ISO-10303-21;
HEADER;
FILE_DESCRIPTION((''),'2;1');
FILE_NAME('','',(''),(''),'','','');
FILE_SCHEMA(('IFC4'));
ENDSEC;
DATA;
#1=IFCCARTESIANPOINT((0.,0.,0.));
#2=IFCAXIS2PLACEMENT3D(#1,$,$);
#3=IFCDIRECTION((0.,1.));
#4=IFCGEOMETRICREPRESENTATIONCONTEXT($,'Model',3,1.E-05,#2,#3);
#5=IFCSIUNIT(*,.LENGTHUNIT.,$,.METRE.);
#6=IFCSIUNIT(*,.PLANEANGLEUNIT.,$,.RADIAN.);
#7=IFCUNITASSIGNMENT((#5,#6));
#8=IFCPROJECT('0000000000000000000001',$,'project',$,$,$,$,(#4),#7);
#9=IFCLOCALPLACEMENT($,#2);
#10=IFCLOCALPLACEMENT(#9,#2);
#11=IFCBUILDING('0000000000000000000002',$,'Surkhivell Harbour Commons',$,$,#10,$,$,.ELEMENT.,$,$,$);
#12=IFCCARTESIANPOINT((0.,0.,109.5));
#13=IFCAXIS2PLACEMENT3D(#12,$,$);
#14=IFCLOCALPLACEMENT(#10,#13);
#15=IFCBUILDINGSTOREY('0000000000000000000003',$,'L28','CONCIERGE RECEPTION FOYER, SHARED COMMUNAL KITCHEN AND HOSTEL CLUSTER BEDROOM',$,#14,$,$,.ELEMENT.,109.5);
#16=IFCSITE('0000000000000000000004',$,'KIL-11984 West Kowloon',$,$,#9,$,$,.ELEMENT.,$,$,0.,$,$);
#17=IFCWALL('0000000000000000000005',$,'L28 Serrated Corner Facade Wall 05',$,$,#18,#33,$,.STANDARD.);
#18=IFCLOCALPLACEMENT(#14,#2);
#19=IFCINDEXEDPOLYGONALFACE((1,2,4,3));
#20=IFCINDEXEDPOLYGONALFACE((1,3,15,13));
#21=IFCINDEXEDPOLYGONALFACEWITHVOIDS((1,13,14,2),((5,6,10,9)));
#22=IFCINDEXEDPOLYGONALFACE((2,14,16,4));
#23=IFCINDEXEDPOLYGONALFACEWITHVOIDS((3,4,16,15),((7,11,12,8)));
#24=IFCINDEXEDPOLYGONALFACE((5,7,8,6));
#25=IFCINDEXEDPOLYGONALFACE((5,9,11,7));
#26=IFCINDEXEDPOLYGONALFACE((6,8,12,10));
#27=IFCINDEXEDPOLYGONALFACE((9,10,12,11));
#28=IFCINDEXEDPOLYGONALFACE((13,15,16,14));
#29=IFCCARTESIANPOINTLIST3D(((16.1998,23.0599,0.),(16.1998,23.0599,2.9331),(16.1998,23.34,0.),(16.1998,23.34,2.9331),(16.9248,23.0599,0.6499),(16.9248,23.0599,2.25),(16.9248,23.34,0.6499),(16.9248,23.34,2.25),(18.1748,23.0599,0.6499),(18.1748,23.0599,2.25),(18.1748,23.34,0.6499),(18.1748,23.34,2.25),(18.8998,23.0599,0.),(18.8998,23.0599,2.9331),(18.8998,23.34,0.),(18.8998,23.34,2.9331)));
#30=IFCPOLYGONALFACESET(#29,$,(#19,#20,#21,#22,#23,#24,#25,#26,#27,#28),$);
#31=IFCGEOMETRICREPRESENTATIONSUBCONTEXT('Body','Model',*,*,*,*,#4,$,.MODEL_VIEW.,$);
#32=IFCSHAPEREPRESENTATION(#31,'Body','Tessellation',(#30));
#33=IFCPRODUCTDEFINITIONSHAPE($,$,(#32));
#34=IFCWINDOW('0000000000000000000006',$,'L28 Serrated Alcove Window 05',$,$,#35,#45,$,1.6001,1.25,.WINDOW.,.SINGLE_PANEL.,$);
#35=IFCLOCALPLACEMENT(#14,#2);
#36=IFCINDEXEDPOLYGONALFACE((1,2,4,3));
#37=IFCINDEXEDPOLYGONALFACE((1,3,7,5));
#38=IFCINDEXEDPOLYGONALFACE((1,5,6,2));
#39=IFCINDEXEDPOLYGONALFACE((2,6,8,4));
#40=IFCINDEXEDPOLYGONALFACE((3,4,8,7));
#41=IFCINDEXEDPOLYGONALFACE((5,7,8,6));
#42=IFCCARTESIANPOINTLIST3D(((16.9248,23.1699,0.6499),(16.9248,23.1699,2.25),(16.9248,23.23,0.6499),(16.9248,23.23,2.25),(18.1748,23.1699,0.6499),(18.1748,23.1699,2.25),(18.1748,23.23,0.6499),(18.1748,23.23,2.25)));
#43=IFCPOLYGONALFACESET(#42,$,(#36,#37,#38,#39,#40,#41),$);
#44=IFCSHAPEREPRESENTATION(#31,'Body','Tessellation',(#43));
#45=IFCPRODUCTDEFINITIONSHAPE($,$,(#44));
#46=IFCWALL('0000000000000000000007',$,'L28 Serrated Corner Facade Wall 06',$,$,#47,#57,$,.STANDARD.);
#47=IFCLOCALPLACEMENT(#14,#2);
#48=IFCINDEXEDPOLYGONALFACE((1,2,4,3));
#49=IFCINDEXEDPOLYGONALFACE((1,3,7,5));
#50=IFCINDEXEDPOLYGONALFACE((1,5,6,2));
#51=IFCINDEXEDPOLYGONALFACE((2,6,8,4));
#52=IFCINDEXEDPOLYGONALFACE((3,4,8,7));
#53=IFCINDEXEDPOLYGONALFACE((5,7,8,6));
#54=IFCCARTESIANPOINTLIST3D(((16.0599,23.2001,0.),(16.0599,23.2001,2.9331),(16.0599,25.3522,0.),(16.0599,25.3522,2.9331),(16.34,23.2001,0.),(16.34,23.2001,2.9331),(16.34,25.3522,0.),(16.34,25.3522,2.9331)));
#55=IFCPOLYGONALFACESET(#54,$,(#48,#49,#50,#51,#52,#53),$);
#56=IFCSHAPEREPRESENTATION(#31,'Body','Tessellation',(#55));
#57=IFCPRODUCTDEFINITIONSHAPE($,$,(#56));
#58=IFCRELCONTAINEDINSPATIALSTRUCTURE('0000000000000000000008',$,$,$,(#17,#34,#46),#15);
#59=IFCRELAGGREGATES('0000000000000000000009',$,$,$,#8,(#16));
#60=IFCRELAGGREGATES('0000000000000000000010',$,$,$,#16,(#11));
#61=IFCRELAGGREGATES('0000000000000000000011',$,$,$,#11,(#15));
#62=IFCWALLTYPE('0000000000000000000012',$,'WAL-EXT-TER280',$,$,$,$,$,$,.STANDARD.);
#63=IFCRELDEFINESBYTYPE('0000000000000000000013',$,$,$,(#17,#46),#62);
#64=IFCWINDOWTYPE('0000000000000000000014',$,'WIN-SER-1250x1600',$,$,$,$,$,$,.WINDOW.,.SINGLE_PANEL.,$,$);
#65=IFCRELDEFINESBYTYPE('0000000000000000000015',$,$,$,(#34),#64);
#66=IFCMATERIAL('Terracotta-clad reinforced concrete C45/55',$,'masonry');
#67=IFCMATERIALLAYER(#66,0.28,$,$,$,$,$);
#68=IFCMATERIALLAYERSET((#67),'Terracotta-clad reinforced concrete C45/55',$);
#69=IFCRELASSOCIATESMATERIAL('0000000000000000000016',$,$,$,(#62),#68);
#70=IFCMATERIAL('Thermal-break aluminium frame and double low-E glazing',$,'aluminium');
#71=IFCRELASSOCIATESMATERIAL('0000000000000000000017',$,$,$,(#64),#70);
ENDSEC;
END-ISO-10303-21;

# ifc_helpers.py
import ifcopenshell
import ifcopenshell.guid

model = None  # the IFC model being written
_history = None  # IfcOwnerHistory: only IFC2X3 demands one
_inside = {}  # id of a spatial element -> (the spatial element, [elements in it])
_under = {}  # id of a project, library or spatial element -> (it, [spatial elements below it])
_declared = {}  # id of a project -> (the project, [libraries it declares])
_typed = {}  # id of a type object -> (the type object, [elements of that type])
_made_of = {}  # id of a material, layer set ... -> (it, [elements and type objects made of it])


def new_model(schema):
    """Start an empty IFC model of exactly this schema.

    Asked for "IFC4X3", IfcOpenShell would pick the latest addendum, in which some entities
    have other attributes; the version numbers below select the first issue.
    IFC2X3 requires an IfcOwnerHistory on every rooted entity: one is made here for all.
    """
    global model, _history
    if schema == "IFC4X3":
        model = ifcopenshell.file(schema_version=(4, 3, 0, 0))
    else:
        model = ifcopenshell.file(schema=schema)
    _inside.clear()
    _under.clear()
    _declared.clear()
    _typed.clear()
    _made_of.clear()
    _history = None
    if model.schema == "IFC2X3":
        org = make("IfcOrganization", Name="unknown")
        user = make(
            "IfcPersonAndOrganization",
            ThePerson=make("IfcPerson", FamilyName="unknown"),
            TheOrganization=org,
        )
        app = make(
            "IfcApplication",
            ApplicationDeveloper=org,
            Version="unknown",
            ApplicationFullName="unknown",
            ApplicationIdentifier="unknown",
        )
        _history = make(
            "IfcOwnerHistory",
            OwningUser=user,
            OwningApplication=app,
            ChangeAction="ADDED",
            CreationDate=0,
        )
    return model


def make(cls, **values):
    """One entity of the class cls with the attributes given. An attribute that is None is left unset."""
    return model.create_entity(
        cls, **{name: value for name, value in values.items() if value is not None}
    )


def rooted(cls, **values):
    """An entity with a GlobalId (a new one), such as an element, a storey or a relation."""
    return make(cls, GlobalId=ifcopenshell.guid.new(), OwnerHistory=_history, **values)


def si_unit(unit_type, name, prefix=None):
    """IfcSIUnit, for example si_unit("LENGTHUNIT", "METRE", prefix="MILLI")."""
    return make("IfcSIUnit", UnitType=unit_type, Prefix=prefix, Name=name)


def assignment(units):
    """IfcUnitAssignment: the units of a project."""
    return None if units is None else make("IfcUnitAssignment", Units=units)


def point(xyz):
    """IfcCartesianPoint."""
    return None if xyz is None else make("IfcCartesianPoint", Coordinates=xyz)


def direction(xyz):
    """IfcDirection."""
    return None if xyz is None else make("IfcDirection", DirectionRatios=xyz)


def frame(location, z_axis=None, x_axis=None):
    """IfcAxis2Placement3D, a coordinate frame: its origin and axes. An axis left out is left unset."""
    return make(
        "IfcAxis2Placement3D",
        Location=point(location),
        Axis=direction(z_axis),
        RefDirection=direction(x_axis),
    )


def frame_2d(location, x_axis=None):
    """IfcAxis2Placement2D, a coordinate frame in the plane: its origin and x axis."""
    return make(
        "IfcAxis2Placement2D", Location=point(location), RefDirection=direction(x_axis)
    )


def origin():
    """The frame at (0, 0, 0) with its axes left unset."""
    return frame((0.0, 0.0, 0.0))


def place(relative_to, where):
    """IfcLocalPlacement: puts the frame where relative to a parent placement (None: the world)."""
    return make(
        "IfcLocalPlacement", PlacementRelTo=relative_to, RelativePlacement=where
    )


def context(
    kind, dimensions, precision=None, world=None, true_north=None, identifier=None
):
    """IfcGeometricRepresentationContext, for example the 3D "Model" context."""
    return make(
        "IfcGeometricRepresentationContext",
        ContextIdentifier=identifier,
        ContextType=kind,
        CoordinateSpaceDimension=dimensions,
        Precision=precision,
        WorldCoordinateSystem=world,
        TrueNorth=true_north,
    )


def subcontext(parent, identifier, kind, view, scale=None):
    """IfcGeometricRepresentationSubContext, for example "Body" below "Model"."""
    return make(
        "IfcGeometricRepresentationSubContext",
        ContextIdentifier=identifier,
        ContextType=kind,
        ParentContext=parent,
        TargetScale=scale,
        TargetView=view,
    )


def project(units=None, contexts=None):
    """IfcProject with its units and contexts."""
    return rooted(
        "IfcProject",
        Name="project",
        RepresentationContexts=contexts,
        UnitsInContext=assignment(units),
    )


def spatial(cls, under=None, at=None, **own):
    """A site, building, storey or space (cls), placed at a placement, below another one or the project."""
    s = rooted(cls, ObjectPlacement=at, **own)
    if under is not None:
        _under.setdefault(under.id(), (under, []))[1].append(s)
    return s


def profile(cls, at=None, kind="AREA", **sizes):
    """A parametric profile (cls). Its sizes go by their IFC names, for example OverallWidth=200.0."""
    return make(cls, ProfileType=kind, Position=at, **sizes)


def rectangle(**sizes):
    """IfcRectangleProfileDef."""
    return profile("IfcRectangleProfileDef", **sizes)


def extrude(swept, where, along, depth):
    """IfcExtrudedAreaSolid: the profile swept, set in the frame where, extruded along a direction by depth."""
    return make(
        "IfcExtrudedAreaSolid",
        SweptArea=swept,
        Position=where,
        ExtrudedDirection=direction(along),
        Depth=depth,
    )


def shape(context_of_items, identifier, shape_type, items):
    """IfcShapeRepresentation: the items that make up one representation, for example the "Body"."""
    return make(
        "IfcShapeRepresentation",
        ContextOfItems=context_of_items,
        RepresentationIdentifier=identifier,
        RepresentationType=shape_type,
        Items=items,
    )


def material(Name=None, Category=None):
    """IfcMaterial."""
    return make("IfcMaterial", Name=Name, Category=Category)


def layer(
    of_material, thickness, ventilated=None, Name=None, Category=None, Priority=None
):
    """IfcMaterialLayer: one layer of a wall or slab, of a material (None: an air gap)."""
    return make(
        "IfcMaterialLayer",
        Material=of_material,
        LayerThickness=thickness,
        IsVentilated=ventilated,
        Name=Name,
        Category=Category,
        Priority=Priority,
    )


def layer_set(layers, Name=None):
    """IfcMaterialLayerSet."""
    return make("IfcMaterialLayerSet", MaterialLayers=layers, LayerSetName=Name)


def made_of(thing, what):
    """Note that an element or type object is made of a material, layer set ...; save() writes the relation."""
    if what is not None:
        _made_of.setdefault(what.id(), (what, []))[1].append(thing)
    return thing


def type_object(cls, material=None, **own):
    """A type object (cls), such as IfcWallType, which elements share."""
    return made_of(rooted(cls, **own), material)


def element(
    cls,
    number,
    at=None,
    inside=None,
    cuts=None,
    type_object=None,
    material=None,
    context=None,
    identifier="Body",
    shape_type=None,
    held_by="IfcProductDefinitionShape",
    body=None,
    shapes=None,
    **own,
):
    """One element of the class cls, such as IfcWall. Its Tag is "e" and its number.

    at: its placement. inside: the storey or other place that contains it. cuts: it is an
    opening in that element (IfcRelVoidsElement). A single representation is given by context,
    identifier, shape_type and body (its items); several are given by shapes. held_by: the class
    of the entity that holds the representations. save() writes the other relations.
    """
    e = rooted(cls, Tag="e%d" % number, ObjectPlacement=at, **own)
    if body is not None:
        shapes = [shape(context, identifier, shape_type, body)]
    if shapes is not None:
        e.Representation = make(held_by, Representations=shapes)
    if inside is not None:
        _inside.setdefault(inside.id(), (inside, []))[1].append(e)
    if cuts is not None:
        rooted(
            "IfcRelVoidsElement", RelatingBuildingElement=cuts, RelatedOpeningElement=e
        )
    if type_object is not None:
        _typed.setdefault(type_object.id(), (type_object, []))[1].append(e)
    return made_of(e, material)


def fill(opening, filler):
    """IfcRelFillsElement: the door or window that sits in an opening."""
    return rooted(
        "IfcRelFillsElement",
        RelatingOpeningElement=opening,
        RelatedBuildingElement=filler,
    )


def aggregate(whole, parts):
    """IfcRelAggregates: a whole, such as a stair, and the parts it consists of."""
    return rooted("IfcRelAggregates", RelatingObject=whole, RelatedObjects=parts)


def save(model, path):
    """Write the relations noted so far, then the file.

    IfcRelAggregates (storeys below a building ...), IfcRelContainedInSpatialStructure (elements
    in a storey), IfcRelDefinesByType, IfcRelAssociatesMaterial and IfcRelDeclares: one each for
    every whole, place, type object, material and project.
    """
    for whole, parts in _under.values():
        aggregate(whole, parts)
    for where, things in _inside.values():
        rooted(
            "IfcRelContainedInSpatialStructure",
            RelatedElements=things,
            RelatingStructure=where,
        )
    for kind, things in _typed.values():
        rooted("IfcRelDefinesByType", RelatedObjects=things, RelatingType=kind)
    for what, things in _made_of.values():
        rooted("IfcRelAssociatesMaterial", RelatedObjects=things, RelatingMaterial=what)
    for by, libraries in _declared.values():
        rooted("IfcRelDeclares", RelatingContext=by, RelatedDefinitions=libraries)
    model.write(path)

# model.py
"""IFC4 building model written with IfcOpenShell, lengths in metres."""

from ifc_helpers import new_model, si_unit, direction, frame, frame_2d, origin, place, context, subcontext, project, spatial, rectangle, extrude, material, layer, layer_set, type_object, element, fill, save


model = new_model("IFC4")

# Units and contexts
model_context = context("Model", 3, precision=1e-05, world=origin(), true_north=direction((0.0, 1.0)))
body_context = subcontext(model_context, "Body", "Model", "MODEL_VIEW")
ifc_project = project(units=[si_unit("LENGTHUNIT", "METRE"), si_unit("PLANEANGLEUNIT", "RADIAN")], contexts=[model_context])

# Site, building, storey
site_placement = place(None, origin())
site = spatial("IfcSite", under=ifc_project, at=site_placement, Name="KIL-11984 West Kowloon", CompositionType="ELEMENT", RefElevation=0.0)
building_placement = place(site_placement, origin())
building = spatial("IfcBuilding", under=site, at=building_placement, Name="Surkhivell Harbour Commons", CompositionType="ELEMENT")
storey_placement = place(building_placement, frame((0.0, 0.0, 109.5)))
storey = spatial("IfcBuildingStorey", under=building, at=storey_placement, Name="L28", Description="CONCIERGE RECEPTION FOYER, SHARED COMMUNAL KITCHEN AND HOSTEL CLUSTER BEDROOM", CompositionType="ELEMENT", Elevation=109.5)

# Shared definitions
ifc_material_1 = material(Name="Terracotta-clad reinforced concrete C45/55", Category="masonry")
ifc_layer_1 = layer(ifc_material_1, 0.28)
ifc_layer_set_1 = layer_set([ifc_layer_1], Name="Terracotta-clad reinforced concrete C45/55")
wall_type = type_object("IfcWallType", Name="WAL-EXT-TER280", PredefinedType="STANDARD", material=ifc_layer_set_1)

# Wall, opening, window
wall_1_placement = place(storey_placement, frame((18.8999, 23.2, 0.0), z_axis=(0.0, 0.0, 1.0), x_axis=(-1.0, 0.0, 0.0)))
wall_1 = element("IfcWall", 1, at=wall_1_placement, inside=storey, type_object=wall_type, Name="L28 Serrated Corner Facade Wall 05", PredefinedType="STANDARD", context=body_context, shape_type="SweptSolid", body=[
    extrude(rectangle(XDim=2.7, YDim=0.28, at=frame_2d((1.3501, 0.0))), origin(), (0.0, 0.0, 1.0), 2.9331),
])
opening_placement = place(wall_1_placement, frame((0.7251, 0.0, 0.6499)))
opening = element("IfcOpeningElement", 2, at=opening_placement, cuts=wall_1, PredefinedType="OPENING", context=body_context, shape_type="SweptSolid", body=[
    extrude(rectangle(XDim=1.25, YDim=1.6001, at=frame_2d((0.625, 0.8))), frame((0.0, 0.1499, 0.0), z_axis=(0.0, -1.0, 0.0), x_axis=(1.0, 0.0, 0.0)), (0.0, 0.0, 1.0), 0.3),
])
ifc_material_2 = material(Name="Thermal-break aluminium frame and double low-E glazing", Category="aluminium")
window_type = type_object("IfcWindowType", Name="WIN-SER-1250x1600", PartitioningType="SINGLE_PANEL", PredefinedType="WINDOW", material=ifc_material_2)
window_placement = place(opening_placement, origin())
window = element("IfcWindow", 3, at=window_placement, inside=storey, type_object=window_type, Name="L28 Serrated Alcove Window 05", OverallHeight=1.6001, OverallWidth=1.25, PartitioningType="SINGLE_PANEL", PredefinedType="WINDOW", context=body_context, shape_type="SweptSolid", body=[
    extrude(rectangle(XDim=1.25, YDim=1.6001, at=frame_2d((0.625, 0.8))), frame((0.0, 0.03, 0.0), z_axis=(0.0, -1.0, 0.0), x_axis=(1.0, 0.0, 0.0)), (0.0, 0.0, 1.0), 0.0601),
])
fill(opening, window)

# Wall
wall_2_placement = place(storey_placement, frame((16.2, 23.2, 0.0), z_axis=(0.0, 0.0, 1.0), x_axis=(0.0, 1.0, 0.0)))
element("IfcWall", 4, at=wall_2_placement, inside=storey, type_object=wall_type, Name="L28 Serrated Corner Facade Wall 06", PredefinedType="STANDARD", context=body_context, shape_type="SweptSolid", body=[
    extrude(rectangle(XDim=2.1521, YDim=0.28, at=frame_2d((1.0762, 0.0))), origin(), (0.0, 0.0, 1.0), 2.9331),
])

save(model, "model.ifc")
